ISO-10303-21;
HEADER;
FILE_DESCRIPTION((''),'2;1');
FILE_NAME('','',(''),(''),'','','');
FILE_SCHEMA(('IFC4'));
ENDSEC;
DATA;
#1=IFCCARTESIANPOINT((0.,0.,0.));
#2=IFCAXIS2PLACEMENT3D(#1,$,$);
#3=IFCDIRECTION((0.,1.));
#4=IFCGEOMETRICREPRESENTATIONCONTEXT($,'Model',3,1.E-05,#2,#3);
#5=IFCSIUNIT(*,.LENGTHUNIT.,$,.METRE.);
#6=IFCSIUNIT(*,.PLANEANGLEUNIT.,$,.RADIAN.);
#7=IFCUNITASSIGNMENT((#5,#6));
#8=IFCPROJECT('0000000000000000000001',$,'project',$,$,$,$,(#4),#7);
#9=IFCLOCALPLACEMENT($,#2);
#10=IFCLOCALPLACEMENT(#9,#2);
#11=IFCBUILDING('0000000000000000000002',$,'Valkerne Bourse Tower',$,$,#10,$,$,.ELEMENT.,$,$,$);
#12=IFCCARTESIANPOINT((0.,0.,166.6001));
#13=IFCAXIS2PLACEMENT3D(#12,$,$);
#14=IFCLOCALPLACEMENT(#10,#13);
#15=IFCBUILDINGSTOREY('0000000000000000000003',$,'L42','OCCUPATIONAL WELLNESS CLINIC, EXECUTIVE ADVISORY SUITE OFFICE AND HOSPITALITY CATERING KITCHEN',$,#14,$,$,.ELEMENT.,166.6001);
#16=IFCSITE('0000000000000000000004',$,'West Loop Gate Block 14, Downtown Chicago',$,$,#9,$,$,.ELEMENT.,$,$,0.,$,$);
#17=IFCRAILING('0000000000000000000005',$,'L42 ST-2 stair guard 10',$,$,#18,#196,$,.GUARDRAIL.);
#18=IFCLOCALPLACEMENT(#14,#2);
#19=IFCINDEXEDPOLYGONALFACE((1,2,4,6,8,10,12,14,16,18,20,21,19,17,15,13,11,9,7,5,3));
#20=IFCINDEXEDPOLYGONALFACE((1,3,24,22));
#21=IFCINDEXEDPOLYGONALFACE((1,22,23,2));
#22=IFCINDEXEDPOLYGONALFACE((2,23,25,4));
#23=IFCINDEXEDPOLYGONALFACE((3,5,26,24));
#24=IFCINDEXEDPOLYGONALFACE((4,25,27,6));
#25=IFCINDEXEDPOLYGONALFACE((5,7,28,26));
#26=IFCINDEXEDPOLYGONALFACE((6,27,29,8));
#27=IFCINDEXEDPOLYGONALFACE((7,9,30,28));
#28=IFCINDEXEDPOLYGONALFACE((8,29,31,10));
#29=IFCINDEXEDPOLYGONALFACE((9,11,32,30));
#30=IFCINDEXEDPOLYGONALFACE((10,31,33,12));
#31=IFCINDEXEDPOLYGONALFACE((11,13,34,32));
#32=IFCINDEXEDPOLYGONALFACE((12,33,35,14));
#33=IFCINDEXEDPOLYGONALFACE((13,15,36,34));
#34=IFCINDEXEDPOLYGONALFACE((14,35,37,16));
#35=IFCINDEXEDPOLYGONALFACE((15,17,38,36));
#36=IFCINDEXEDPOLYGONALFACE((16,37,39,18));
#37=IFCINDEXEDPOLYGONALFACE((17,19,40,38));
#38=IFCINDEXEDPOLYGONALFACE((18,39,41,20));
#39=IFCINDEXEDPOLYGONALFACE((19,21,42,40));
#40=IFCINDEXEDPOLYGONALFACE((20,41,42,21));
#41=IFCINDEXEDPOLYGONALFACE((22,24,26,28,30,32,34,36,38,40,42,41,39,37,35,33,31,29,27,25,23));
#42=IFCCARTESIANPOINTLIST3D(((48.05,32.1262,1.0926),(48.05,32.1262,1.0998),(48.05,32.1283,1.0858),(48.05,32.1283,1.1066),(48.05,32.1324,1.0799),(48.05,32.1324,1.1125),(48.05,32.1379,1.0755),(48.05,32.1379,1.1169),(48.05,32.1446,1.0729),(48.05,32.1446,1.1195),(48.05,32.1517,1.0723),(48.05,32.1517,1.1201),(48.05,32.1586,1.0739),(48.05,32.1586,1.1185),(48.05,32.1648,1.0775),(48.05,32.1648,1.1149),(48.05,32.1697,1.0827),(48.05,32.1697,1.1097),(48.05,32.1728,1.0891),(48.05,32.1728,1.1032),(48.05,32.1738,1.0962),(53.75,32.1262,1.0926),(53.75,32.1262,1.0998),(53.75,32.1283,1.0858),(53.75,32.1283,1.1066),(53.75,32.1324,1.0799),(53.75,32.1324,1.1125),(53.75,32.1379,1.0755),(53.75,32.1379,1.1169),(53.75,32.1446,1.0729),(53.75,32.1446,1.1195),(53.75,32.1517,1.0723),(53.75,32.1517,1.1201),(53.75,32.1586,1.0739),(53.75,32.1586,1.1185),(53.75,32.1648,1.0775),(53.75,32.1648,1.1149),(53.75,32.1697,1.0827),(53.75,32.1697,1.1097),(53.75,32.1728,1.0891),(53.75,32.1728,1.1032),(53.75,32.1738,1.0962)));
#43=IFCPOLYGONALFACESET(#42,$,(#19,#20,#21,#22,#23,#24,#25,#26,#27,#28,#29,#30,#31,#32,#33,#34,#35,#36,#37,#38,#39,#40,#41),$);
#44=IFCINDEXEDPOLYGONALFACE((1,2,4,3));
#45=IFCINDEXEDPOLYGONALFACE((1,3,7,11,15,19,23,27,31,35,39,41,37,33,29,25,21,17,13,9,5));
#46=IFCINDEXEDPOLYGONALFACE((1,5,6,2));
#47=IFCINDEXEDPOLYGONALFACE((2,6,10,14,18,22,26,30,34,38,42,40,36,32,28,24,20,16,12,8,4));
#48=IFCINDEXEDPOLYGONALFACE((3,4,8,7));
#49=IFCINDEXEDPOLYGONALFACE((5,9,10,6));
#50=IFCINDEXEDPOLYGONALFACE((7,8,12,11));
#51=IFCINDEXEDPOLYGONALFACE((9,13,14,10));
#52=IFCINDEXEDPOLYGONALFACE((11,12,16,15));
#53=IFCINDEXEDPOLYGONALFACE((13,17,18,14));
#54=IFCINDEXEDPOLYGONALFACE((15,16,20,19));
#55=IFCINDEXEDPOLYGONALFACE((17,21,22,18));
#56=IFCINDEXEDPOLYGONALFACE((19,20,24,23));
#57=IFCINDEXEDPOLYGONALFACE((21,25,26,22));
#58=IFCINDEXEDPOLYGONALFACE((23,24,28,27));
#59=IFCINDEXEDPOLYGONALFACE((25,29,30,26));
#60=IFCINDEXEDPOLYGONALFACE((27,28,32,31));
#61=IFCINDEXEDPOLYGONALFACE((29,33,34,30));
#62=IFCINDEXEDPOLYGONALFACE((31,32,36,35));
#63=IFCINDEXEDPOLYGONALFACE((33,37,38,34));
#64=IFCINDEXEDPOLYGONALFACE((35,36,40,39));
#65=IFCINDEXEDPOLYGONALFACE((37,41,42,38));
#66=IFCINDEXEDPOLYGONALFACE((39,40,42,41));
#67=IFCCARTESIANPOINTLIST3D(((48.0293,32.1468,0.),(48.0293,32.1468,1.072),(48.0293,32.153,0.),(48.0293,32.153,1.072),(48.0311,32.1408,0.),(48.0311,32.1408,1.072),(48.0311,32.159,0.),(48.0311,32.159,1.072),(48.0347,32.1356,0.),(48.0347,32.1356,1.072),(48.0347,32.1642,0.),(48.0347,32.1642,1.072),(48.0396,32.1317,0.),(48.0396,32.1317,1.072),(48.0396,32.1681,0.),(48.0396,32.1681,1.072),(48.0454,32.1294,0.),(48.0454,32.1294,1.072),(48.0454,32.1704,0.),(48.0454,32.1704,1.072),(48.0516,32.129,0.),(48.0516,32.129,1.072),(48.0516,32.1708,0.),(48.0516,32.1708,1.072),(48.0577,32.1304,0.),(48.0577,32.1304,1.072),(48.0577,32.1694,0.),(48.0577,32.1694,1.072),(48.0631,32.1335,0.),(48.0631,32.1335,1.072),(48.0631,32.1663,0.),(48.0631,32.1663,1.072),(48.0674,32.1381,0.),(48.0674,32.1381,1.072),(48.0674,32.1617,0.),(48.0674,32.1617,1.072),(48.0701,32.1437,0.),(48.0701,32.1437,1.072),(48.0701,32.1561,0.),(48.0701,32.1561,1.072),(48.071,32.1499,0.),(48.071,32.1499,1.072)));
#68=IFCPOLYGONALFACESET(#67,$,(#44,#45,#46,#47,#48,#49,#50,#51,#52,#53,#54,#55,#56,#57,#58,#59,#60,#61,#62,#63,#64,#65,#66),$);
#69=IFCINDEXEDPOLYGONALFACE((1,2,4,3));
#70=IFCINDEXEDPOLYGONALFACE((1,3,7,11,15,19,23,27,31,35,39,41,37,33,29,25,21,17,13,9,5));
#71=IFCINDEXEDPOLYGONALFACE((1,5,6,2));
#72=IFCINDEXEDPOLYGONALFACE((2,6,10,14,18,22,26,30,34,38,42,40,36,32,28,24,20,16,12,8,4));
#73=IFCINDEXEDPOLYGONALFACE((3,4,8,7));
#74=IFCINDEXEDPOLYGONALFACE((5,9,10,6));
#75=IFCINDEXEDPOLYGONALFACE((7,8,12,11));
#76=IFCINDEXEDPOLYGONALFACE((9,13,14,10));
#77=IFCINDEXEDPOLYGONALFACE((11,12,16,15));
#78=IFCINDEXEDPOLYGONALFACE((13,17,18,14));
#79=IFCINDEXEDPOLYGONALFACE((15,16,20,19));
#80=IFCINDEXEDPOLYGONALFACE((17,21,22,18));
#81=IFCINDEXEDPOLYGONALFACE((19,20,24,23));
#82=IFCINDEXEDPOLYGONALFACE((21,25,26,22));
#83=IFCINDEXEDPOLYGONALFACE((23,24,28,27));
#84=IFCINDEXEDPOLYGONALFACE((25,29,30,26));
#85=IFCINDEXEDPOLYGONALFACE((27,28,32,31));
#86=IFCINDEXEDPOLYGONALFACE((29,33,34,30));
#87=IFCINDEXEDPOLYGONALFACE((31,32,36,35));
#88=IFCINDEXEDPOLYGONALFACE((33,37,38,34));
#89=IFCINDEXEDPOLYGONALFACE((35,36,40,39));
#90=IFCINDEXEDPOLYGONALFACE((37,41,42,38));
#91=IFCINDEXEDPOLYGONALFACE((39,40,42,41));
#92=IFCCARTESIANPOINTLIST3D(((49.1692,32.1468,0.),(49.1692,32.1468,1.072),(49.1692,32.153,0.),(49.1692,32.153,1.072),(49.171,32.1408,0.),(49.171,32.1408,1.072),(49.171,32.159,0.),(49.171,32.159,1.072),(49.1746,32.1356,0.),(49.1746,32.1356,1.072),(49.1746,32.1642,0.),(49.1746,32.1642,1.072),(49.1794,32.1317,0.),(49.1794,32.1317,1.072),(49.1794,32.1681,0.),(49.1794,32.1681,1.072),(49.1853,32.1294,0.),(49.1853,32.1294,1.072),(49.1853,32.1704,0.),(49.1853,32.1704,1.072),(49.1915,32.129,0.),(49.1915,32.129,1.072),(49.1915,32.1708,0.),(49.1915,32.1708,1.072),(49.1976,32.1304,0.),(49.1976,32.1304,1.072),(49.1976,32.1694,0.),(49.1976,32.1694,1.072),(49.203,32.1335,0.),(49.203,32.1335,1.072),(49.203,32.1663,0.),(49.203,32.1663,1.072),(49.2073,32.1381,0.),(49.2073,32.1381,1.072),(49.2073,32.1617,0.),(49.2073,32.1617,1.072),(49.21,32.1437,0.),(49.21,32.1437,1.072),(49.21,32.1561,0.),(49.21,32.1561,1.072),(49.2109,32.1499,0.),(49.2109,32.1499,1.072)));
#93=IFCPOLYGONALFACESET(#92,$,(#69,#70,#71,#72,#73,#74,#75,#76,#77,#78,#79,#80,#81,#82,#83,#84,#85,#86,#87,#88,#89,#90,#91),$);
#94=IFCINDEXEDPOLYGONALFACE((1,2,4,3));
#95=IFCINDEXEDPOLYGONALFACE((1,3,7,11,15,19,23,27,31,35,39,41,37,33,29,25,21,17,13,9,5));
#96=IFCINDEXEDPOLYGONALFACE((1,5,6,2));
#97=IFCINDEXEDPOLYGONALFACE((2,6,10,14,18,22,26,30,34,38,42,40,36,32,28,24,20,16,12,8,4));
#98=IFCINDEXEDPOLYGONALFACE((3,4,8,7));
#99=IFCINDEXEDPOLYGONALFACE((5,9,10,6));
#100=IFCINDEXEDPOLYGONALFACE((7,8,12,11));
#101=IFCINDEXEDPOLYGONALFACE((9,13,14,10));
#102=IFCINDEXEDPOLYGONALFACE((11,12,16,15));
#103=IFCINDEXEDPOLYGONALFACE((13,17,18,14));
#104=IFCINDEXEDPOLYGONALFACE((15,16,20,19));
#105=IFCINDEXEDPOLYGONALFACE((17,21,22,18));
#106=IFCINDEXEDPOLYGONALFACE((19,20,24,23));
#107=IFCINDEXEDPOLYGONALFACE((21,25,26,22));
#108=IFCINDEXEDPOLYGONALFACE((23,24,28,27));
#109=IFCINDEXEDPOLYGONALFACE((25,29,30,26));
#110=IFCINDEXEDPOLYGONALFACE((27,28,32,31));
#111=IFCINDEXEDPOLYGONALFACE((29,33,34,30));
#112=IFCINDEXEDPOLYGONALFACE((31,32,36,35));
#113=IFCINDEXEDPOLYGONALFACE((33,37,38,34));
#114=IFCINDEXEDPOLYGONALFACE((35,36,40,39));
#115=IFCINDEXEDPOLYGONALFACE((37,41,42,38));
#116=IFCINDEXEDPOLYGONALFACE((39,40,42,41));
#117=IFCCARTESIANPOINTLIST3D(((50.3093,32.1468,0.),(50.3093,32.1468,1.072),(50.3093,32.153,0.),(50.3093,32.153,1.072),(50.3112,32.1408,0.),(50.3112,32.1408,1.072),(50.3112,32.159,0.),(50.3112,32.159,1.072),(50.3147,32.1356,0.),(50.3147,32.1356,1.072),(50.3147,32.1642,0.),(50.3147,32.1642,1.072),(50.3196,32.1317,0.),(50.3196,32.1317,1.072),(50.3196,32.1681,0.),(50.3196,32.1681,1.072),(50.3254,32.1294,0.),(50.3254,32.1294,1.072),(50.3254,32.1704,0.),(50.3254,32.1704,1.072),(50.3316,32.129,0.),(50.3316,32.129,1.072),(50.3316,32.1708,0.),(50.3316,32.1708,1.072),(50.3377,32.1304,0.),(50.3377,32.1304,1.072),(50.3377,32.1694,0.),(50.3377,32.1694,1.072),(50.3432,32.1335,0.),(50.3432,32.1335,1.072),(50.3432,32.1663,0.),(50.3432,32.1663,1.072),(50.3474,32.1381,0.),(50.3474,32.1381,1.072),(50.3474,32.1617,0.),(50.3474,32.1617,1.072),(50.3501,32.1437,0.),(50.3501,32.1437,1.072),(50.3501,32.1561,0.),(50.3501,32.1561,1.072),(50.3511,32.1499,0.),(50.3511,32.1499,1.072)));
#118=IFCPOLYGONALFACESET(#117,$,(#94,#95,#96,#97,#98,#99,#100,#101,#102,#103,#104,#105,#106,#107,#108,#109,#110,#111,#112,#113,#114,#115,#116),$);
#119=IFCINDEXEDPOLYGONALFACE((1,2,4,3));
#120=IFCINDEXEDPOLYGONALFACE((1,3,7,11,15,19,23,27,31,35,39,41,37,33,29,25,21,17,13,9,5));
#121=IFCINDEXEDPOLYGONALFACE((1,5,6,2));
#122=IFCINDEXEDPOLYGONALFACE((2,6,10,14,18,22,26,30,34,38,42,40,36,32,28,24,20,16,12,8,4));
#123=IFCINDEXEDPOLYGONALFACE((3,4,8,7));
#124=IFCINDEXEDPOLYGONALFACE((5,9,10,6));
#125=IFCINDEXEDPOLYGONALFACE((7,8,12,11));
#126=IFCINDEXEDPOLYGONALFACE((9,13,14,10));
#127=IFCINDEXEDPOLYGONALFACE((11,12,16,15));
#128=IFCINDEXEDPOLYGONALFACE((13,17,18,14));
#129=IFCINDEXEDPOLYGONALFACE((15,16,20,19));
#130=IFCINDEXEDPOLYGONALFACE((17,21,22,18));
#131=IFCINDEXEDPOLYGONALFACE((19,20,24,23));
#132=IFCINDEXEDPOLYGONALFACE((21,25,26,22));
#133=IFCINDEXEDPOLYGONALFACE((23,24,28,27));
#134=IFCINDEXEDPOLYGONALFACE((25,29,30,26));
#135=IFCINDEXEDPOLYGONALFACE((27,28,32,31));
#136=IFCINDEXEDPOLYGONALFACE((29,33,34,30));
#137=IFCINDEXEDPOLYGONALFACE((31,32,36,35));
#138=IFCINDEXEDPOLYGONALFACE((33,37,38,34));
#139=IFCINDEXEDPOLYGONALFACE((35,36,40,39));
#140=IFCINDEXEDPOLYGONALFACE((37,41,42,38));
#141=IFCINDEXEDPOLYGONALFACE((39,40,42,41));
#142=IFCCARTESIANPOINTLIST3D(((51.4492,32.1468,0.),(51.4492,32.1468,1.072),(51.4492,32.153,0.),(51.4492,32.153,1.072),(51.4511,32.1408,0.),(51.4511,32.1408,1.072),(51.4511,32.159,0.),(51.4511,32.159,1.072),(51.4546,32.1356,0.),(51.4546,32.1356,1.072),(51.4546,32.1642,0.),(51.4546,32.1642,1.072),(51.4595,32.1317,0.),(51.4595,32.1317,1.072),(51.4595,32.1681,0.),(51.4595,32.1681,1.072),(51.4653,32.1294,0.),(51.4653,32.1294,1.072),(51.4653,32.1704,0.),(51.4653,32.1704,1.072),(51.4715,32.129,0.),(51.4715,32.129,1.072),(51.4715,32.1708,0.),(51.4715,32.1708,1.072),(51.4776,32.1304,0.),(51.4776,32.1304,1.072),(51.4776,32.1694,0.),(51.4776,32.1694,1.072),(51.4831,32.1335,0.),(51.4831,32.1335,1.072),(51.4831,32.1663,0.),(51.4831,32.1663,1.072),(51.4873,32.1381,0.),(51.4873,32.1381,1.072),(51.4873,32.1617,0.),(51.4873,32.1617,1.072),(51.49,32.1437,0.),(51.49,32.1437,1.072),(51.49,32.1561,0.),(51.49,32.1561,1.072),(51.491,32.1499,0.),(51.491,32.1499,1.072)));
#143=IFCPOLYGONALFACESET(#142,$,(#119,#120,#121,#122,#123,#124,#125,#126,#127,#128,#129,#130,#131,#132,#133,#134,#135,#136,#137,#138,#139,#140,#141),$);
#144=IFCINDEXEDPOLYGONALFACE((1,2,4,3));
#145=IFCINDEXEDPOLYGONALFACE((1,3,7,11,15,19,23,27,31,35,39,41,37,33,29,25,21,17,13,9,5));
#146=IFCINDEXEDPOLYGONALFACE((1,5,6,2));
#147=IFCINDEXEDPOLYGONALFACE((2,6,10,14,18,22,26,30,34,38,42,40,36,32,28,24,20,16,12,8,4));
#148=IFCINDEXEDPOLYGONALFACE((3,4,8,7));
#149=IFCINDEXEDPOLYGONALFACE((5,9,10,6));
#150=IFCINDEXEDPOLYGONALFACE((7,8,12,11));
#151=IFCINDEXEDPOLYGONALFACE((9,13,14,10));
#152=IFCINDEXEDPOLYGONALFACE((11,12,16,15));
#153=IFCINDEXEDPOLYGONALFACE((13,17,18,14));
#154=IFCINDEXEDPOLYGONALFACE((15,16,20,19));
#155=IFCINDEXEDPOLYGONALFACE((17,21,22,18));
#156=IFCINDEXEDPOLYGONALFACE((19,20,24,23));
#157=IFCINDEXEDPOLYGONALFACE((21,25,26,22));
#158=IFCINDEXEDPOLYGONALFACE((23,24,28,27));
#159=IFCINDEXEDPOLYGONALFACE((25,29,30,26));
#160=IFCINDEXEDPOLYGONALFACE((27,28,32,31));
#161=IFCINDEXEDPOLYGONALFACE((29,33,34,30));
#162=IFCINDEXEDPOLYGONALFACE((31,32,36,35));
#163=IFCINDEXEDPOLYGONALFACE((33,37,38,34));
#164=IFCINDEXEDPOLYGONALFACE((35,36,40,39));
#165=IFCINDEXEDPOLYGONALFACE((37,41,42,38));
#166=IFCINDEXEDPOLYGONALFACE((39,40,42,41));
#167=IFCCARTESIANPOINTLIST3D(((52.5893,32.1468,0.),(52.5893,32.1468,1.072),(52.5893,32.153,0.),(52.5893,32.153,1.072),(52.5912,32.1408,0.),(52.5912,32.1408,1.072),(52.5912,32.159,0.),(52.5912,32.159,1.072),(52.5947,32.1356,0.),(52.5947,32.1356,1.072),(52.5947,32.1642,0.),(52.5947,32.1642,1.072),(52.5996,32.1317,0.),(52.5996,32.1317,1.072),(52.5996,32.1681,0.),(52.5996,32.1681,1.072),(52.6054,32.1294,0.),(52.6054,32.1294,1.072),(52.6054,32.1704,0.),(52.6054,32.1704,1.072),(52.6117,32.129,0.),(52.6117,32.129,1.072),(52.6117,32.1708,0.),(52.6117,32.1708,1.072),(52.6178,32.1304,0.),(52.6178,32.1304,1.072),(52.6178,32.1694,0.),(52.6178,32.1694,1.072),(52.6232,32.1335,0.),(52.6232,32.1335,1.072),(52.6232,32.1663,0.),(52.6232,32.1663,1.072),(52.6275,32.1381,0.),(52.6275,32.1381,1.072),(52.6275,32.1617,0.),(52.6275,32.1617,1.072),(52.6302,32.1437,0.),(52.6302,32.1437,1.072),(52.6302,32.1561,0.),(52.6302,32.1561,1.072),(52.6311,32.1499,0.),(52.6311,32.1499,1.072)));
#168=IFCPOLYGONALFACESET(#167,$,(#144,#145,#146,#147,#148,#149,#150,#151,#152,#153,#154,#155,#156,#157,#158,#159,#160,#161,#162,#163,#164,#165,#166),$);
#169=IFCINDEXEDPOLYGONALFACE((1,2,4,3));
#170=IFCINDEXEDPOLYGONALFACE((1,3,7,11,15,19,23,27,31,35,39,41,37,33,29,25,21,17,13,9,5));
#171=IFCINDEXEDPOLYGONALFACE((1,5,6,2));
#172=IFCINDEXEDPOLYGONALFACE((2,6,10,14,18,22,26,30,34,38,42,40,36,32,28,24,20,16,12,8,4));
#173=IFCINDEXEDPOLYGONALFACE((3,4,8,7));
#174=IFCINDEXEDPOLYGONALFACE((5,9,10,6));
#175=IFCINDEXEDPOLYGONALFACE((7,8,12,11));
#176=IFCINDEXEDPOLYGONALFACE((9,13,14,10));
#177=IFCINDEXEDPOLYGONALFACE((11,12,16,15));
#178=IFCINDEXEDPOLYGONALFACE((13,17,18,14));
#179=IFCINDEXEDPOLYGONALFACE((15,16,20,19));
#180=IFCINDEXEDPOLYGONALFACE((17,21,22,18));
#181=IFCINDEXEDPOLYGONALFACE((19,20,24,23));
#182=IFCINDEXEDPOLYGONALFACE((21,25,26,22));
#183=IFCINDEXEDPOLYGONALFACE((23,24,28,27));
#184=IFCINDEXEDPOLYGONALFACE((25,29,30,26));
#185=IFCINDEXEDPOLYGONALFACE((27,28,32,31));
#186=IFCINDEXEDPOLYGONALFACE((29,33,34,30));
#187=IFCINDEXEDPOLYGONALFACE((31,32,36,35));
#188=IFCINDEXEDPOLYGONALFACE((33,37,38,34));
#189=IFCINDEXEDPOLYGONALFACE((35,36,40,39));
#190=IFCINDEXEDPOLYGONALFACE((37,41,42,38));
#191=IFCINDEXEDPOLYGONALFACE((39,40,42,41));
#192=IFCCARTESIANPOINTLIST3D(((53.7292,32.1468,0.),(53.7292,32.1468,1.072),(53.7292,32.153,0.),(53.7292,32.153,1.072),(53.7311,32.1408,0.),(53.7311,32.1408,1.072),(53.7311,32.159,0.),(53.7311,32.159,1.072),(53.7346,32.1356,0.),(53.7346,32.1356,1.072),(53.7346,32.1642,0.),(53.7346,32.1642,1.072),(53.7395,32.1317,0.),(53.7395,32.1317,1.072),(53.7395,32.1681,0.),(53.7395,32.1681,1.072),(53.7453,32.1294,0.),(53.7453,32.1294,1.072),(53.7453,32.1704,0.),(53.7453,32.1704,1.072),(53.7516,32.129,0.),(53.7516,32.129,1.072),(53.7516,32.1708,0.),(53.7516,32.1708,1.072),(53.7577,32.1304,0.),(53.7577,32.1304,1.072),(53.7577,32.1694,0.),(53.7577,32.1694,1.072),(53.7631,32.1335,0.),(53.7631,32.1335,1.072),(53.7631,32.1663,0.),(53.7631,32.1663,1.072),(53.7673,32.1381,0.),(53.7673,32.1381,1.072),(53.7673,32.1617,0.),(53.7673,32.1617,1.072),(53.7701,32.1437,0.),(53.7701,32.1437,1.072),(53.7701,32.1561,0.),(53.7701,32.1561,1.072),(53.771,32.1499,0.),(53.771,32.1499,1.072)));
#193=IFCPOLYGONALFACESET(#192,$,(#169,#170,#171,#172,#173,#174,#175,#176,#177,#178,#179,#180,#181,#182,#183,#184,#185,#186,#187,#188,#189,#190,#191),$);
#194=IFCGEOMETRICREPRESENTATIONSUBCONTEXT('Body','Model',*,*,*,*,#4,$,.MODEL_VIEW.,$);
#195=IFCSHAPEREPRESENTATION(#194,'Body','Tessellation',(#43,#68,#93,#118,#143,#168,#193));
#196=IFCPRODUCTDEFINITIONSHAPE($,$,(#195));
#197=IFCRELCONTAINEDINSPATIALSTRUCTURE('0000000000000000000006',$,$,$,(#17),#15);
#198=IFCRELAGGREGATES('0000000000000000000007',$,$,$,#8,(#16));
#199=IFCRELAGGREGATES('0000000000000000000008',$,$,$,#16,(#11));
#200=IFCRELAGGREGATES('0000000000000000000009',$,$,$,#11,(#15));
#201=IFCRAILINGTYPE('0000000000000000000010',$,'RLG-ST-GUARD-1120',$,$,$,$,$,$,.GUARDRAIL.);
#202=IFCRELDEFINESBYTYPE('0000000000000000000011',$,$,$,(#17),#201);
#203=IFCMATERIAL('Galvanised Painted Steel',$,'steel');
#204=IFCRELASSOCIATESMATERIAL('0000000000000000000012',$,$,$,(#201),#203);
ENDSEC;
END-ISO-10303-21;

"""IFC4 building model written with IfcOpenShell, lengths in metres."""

from ifc_helpers import new_model, si_unit, direction, frame, origin, origin_2d, place, context, subcontext, project, spatial, circle, extrude, material, type_object, element, save


model = new_model("IFC4")

# Units and contexts
model_context = context("Model", 3, precision=1e-05, world=origin(), true_north=direction((0.0, 1.0)))
body_context = subcontext(model_context, "Body", "Model", "MODEL_VIEW")
ifc_project = project(units=[si_unit("LENGTHUNIT", "METRE"), si_unit("PLANEANGLEUNIT", "RADIAN")], contexts=[model_context])

# Site, building, storey
site_placement = place(None, origin())
site = spatial("IfcSite", under=ifc_project, at=site_placement, Name="West Loop Gate Block 14, Downtown Chicago", CompositionType="ELEMENT", RefElevation=0.0)
building_placement = place(site_placement, origin())
building = spatial("IfcBuilding", under=site, at=building_placement, Name="Valkerne Bourse Tower", CompositionType="ELEMENT")
storey_placement = place(building_placement, frame((0.0, 0.0, 166.6001)))
storey = spatial("IfcBuildingStorey", under=building, at=storey_placement, Name="L42", Description="OCCUPATIONAL WELLNESS CLINIC, EXECUTIVE ADVISORY SUITE OFFICE AND HOSPITALITY CATERING KITCHEN", CompositionType="ELEMENT", Elevation=166.6001)

# Shared definitions
ifc_material_1 = material(Name="Galvanised Painted Steel", Category="steel")

# Railing
railing_type_1 = type_object("IfcRailingType", Name="RLG-ST-GUARD-1120", PredefinedType="GUARDRAIL", material=ifc_material_1)
for number, where, name in (
    (1, (48.05, 32.1499, 0.0), "L42 ST-2 stair guard 10"),
):
    element("IfcRailing", number, at=place(storey_placement, frame(where)), inside=storey, type_object=railing_type_1, Name=name, PredefinedType="GUARDRAIL", context=body_context, shape_type="SweptSolid", body=[
        extrude(circle(Radius=0.0239, at=origin_2d()), frame((0.0, 0.0, 1.0962), z_axis=(1.0, 0.0, 0.0), x_axis=(0.0, 1.0, 0.0)), (0.0, 0.0, 1.0), 5.7),
        extrude(circle(Radius=0.021, at=origin_2d()), origin(), (0.0, 0.0, 1.0), 1.072),
        extrude(circle(Radius=0.021, at=origin_2d()), frame((1.1399, 0.0, 0.0)), (0.0, 0.0, 1.0), 1.072),
        extrude(circle(Radius=0.021, at=origin_2d()), frame((2.28, 0.0, 0.0)), (0.0, 0.0, 1.0), 1.072),
        extrude(circle(Radius=0.021, at=origin_2d()), frame((3.4199, 0.0, 0.0)), (0.0, 0.0, 1.0), 1.072),
        extrude(circle(Radius=0.021, at=origin_2d()), frame((4.5601, 0.0, 0.0)), (0.0, 0.0, 1.0), 1.072),
        extrude(circle(Radius=0.021, at=origin_2d()), frame((5.7, 0.0, 0.0)), (0.0, 0.0, 1.0), 1.072),
    ])

save(model, "model.ifc")
